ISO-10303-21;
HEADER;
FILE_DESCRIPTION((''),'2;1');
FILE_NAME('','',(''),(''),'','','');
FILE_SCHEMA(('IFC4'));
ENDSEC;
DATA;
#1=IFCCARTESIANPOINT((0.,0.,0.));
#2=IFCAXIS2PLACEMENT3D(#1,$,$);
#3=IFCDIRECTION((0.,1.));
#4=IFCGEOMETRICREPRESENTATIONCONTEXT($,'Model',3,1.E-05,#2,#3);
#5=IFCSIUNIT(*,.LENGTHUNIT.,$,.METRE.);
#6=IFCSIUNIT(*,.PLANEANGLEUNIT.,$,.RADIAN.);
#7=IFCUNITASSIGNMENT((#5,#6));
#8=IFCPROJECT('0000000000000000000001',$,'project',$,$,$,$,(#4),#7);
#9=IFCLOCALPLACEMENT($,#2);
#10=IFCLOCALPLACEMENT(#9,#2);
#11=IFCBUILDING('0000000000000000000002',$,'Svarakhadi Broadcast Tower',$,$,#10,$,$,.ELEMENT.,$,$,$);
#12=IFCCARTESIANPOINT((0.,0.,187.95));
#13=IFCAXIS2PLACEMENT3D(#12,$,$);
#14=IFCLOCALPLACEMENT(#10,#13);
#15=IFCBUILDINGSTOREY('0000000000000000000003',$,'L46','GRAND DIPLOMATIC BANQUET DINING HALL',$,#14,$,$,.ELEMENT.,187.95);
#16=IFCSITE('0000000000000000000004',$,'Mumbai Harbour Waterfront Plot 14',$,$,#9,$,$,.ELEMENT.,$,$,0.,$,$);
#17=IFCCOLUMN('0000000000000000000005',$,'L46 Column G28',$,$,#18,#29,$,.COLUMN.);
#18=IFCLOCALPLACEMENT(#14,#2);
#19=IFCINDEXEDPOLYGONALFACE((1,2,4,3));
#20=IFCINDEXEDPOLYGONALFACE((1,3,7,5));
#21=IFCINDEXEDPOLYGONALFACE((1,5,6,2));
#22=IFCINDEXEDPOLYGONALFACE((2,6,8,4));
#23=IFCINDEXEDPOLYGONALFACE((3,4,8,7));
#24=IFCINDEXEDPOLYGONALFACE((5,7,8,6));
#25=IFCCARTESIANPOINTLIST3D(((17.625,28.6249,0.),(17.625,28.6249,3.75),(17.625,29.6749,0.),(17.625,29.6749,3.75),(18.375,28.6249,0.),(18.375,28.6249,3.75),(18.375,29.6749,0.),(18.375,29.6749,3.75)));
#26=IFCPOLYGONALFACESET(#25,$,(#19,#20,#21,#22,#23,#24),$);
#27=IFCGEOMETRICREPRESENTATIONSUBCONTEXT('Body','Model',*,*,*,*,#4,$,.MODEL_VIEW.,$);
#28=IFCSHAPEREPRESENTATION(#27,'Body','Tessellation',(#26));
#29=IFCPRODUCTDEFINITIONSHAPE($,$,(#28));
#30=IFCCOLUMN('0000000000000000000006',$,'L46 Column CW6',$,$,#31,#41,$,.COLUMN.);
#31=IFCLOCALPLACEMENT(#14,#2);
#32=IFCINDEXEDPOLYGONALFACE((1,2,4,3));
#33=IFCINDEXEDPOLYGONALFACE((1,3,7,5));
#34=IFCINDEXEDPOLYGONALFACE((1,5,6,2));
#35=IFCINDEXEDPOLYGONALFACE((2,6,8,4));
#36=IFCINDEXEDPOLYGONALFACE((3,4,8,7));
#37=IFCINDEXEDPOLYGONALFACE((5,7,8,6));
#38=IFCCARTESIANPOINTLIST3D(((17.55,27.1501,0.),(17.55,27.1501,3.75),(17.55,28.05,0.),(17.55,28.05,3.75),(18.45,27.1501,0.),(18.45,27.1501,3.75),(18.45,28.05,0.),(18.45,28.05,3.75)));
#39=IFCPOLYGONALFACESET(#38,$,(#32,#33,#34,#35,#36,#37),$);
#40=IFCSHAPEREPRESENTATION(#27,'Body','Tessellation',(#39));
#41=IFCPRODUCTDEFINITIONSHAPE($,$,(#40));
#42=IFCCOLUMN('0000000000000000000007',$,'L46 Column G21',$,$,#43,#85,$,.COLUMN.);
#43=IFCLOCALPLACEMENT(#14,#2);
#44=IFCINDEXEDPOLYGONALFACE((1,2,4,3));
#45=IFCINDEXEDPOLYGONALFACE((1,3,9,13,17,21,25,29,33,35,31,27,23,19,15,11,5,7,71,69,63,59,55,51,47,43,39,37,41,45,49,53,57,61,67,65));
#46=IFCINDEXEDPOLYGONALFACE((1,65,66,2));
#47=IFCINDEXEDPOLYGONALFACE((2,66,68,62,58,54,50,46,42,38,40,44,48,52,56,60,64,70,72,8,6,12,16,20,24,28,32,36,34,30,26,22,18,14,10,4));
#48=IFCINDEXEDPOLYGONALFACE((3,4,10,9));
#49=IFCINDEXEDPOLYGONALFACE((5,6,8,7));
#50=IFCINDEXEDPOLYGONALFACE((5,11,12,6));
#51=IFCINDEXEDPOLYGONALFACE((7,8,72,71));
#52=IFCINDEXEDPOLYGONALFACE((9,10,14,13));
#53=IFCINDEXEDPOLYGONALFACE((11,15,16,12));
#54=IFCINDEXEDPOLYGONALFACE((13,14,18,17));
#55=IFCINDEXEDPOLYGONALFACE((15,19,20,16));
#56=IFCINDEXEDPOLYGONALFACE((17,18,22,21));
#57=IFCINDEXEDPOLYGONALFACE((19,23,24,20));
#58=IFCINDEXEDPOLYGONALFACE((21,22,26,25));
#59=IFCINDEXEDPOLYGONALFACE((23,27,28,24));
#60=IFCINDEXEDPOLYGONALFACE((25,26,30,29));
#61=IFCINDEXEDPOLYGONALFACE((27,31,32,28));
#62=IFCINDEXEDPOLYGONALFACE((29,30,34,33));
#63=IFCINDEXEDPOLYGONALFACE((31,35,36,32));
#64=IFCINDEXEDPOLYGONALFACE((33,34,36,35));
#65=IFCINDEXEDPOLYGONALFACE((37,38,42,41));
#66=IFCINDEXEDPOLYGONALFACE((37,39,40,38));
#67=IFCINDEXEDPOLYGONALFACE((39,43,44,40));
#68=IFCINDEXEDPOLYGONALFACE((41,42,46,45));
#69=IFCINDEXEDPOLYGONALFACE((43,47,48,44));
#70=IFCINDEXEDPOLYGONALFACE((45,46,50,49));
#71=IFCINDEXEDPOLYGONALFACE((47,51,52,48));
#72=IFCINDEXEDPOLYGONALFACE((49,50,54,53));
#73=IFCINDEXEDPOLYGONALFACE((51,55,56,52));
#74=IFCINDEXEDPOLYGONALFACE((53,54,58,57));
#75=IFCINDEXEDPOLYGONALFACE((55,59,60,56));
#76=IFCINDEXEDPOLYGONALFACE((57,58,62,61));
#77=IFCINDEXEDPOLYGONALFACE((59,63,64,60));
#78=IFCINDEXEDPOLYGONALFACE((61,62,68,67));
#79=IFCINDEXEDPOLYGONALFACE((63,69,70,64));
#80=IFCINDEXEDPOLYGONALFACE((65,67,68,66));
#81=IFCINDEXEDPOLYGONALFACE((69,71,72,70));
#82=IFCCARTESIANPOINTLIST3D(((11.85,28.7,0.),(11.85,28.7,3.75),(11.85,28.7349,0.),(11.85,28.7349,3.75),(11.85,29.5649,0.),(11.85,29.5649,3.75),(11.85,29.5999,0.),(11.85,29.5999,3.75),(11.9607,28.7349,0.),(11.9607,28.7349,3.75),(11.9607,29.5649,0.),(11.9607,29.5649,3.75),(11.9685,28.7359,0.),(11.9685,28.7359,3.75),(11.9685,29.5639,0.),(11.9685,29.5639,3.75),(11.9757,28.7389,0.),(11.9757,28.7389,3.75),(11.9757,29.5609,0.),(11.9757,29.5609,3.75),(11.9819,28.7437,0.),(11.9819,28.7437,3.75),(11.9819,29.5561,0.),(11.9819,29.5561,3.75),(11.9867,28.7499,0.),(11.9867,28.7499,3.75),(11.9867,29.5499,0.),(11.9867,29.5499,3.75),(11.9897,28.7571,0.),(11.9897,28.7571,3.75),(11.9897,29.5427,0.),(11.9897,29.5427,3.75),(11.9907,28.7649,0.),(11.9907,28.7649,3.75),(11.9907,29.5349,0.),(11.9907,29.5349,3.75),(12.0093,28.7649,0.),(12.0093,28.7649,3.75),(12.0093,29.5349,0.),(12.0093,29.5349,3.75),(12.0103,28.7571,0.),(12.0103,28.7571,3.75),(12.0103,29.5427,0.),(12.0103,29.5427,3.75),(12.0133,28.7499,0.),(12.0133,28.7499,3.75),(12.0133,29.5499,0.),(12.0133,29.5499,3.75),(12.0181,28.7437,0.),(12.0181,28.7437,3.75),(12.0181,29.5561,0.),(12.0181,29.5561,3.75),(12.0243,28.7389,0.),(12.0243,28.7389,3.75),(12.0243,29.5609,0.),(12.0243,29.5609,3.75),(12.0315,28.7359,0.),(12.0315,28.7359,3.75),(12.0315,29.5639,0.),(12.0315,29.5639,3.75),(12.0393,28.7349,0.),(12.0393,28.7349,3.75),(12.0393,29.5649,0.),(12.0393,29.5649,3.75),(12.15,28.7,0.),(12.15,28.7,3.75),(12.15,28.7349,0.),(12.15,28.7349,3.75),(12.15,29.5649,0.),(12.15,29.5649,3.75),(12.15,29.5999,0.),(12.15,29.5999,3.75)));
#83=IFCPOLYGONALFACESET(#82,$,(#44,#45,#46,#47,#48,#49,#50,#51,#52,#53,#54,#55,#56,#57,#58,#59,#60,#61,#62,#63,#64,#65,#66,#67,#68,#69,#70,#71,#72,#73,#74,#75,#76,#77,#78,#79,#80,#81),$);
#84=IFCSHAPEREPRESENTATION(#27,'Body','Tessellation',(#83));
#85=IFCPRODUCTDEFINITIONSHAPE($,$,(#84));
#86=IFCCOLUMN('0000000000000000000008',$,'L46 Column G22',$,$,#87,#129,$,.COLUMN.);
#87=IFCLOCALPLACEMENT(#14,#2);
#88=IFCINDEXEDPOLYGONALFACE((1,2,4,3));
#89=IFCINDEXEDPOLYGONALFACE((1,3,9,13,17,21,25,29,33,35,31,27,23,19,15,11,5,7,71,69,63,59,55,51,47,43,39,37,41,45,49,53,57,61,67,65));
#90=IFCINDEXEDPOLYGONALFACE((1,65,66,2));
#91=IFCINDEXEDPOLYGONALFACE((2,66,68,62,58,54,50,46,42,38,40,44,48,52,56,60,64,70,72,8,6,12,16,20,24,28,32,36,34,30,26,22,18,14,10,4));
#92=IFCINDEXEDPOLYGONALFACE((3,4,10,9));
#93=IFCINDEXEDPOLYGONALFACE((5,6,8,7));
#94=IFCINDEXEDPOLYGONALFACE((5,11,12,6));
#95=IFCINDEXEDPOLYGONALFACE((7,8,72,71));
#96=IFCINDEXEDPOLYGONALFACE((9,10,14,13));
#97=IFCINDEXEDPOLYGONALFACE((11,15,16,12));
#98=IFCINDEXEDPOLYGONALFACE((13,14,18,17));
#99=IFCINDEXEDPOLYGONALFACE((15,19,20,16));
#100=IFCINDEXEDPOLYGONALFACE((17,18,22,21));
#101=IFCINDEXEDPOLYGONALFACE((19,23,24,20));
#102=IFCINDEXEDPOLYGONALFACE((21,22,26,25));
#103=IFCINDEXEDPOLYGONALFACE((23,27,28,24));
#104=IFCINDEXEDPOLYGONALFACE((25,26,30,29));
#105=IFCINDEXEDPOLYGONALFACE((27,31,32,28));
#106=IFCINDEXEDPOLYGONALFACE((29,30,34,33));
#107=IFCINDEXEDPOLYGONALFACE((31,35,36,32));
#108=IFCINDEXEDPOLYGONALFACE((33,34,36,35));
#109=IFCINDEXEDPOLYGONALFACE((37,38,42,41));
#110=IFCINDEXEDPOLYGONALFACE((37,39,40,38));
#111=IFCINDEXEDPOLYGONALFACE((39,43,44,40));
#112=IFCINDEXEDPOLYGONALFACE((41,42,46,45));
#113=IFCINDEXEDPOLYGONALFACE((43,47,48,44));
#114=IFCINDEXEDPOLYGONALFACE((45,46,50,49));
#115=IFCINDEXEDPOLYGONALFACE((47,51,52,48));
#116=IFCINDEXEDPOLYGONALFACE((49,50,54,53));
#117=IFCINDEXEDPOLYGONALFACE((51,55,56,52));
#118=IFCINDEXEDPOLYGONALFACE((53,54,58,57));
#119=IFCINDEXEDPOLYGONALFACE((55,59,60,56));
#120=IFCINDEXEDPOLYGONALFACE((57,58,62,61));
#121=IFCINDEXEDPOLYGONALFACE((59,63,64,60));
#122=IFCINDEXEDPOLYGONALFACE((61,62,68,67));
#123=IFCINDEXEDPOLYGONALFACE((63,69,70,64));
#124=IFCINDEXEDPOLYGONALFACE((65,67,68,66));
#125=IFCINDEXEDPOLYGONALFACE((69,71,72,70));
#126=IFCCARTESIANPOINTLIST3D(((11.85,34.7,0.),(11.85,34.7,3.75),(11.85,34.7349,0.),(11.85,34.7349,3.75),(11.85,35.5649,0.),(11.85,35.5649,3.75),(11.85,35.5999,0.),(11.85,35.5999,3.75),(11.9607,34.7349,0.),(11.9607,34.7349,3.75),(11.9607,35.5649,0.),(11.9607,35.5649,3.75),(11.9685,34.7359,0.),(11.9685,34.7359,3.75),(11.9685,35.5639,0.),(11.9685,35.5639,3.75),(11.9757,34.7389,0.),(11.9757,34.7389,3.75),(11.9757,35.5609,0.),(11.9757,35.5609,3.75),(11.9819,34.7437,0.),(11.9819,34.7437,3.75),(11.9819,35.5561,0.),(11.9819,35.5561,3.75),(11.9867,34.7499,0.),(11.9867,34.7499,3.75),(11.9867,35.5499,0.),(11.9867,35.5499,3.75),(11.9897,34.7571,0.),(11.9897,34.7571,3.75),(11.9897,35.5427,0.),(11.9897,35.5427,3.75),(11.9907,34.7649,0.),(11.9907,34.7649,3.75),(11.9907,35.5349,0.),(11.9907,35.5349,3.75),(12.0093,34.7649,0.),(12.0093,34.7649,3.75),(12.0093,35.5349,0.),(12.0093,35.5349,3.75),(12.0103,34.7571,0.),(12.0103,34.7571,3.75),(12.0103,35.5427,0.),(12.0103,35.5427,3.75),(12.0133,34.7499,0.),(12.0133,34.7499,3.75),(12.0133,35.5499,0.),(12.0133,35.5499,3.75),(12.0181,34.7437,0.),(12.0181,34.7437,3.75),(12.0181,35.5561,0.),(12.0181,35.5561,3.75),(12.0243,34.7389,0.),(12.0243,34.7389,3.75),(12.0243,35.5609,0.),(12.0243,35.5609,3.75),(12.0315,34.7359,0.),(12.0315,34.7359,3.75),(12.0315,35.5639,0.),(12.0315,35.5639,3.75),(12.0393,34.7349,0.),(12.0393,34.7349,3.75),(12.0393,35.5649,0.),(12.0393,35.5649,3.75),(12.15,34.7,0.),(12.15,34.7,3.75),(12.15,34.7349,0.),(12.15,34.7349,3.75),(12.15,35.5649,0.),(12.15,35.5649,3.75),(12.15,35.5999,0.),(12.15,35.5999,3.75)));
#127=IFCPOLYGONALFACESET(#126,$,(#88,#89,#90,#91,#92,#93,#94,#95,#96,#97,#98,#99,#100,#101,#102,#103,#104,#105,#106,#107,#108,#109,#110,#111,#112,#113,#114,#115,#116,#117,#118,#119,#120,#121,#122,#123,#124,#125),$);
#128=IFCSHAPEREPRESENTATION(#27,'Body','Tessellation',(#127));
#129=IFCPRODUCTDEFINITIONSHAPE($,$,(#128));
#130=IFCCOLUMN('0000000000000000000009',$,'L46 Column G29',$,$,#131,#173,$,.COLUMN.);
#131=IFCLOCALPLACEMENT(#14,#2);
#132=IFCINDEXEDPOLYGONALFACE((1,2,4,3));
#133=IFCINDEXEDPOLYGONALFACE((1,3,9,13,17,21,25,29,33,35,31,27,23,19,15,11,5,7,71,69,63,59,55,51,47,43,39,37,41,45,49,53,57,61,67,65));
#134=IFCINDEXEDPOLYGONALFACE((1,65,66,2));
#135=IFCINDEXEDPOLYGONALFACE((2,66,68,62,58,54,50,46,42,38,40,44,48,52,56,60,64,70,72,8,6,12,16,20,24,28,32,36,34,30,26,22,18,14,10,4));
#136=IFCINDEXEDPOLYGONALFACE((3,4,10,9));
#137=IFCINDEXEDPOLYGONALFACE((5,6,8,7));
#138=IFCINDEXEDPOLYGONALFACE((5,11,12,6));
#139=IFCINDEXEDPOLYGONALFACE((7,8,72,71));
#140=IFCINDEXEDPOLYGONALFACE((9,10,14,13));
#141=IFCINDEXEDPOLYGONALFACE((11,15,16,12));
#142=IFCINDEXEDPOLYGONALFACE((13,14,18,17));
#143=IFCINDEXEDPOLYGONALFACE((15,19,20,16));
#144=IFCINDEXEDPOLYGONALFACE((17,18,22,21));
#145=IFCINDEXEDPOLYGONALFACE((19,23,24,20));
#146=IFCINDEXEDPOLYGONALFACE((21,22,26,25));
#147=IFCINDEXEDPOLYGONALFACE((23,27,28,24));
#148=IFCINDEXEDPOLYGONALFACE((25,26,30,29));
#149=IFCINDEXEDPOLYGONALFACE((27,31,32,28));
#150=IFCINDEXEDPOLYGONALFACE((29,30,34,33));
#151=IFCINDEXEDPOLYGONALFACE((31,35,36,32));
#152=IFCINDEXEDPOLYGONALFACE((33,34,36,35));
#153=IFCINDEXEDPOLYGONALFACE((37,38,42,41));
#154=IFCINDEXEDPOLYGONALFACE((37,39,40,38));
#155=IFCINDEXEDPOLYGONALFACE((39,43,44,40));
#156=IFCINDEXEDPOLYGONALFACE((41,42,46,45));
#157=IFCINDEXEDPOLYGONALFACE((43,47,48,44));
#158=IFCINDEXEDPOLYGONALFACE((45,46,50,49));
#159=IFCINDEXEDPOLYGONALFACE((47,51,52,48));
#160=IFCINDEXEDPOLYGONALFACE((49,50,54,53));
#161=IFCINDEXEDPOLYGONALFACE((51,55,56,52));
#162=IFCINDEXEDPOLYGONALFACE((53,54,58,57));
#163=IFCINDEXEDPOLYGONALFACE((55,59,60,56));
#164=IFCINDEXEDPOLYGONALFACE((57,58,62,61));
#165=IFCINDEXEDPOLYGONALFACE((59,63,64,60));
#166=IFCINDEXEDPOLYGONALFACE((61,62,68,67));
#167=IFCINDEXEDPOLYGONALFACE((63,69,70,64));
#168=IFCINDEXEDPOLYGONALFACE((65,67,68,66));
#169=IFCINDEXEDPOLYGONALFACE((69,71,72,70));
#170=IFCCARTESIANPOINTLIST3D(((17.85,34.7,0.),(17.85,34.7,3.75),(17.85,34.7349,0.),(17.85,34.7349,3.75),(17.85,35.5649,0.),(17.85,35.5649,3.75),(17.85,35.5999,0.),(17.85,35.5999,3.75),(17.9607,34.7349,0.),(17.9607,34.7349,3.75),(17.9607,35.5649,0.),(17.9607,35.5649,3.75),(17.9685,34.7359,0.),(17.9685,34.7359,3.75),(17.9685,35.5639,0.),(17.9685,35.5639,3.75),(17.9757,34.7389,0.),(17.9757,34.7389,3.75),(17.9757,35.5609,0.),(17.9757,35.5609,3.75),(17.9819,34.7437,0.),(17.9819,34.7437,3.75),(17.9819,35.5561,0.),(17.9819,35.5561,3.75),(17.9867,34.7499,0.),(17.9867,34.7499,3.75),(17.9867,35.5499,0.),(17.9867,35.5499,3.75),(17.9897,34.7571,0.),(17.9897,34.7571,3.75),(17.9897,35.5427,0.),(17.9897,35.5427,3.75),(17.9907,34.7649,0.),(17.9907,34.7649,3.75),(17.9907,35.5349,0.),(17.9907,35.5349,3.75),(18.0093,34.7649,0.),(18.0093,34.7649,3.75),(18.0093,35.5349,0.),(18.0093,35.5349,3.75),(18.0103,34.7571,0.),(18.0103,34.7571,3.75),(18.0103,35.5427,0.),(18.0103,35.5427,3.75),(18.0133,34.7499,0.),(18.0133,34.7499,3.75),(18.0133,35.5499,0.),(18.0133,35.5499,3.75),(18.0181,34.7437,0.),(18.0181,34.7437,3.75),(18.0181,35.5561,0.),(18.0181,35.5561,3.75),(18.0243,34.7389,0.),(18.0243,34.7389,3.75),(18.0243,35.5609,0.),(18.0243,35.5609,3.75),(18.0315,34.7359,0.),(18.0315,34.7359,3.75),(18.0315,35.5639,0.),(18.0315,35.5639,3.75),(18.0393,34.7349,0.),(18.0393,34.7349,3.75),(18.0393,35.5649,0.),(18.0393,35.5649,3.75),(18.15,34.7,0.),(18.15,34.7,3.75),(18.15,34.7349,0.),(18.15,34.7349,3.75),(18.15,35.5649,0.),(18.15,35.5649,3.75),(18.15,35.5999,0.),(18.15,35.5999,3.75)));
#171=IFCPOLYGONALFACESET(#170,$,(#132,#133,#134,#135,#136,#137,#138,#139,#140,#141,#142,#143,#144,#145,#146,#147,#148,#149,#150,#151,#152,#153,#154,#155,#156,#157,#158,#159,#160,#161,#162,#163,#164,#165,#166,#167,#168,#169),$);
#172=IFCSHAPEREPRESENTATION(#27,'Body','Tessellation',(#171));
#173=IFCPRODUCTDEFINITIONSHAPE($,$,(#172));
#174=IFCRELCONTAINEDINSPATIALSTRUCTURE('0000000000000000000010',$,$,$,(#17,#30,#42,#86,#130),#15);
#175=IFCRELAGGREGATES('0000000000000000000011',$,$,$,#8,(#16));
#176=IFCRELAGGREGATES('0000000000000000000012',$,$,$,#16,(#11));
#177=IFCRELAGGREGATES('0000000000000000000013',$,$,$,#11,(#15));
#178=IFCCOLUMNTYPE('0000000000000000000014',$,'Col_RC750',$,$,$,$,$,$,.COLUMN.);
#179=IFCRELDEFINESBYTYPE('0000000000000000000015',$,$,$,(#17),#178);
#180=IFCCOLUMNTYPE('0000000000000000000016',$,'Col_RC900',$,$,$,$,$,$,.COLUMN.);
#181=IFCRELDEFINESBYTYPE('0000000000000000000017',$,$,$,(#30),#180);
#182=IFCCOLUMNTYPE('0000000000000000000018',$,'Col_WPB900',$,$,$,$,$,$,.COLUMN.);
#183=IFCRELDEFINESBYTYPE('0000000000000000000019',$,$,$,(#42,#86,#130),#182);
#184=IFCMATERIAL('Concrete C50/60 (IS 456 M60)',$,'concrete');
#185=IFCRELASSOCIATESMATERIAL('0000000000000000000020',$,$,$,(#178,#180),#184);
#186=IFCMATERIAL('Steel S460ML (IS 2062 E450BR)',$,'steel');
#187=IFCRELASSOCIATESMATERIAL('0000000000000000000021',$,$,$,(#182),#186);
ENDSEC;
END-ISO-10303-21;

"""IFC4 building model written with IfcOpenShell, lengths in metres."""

from ifc_helpers import new_model, si_unit, direction, frame, origin, origin_2d, place, context, subcontext, project, spatial, rectangle, i_section, extrude, material, material_profile, profile_set, type_object, element, save


model = new_model("IFC4")

# Units and contexts
model_context = context("Model", 3, precision=1e-05, world=origin(), true_north=direction((0.0, 1.0)))
body_context = subcontext(model_context, "Body", "Model", "MODEL_VIEW")
ifc_project = project(units=[si_unit("LENGTHUNIT", "METRE"), si_unit("PLANEANGLEUNIT", "RADIAN")], contexts=[model_context])

# Site, building, storey
site_placement = place(None, origin())
site = spatial("IfcSite", under=ifc_project, at=site_placement, Name="Mumbai Harbour Waterfront Plot 14", CompositionType="ELEMENT", RefElevation=0.0)
building_placement = place(site_placement, origin())
building = spatial("IfcBuilding", under=site, at=building_placement, Name="Svarakhadi Broadcast Tower", CompositionType="ELEMENT")
storey_placement = place(building_placement, frame((0.0, 0.0, 187.95)))
storey = spatial("IfcBuildingStorey", under=building, at=storey_placement, Name="L46", Description="GRAND DIPLOMATIC BANQUET DINING HALL", CompositionType="ELEMENT", Elevation=187.95)

# Columns
ifc_material_1 = material(Name="Concrete C50/60 (IS 456 M60)", Category="concrete")
ifc_material_profile_1 = material_profile(ifc_material_1, rectangle(XDim=0.75, YDim=1.05, at=origin_2d()), Name="RC 750x1050")
ifc_profile_set_1 = profile_set([ifc_material_profile_1], Name="Concrete C50/60 (IS 456 M60)")
column_type_1 = type_object("IfcColumnType", Name="Col_RC750", PredefinedType="COLUMN", material=ifc_profile_set_1)
column_1_placement = place(storey_placement, frame((18.0, 29.1499, 0.0), z_axis=(0.0, 0.0, 1.0), x_axis=(1.0, 0.0, 0.0)))
element("IfcColumn", 1, at=column_1_placement, inside=storey, type_object=column_type_1, Name="L46 Column G28", PredefinedType="COLUMN", context=body_context, shape_type="SweptSolid", body=[
    extrude(rectangle(XDim=0.75, YDim=1.05, at=origin_2d()), origin(), (0.0, 0.0, 1.0), 3.75),
])
ifc_material_profile_2 = material_profile(ifc_material_1, rectangle(XDim=0.8999, YDim=0.8999, at=origin_2d()), Name="RC 900x900")
ifc_profile_set_2 = profile_set([ifc_material_profile_2], Name="Concrete C50/60 (IS 456 M60)")
column_type_2 = type_object("IfcColumnType", Name="Col_RC900", PredefinedType="COLUMN", material=ifc_profile_set_2)
column_2_placement = place(storey_placement, frame((18.0, 27.6001, 0.0), z_axis=(0.0, 0.0, 1.0), x_axis=(1.0, 0.0, 0.0)))
element("IfcColumn", 2, at=column_2_placement, inside=storey, type_object=column_type_2, Name="L46 Column CW6", PredefinedType="COLUMN", context=body_context, shape_type="SweptSolid", body=[
    extrude(rectangle(XDim=0.8999, YDim=0.8999, at=origin_2d()), origin(), (0.0, 0.0, 1.0), 3.75),
])
ifc_material_2 = material(Name="Steel S460ML (IS 2062 E450BR)", Category="steel")
ifc_material_profile_3 = material_profile(ifc_material_2, i_section(OverallWidth=0.3, OverallDepth=0.8999, WebThickness=0.0186, FlangeThickness=0.0349, FilletRadius=0.03, at=origin_2d()), Name="WPB 900x300x291")
ifc_profile_set_3 = profile_set([ifc_material_profile_3], Name="Steel S460ML (IS 2062 E450BR)")
column_type_3 = type_object("IfcColumnType", Name="Col_WPB900", PredefinedType="COLUMN", material=ifc_profile_set_3)
for number, where, z_axis, x_axis, name in (
    (3, (12.0, 29.1499, 0.0), (0.0, 0.0, 1.0), (1.0, 0.0, 0.0), "L46 Column G21"),
    (4, (12.0, 35.1499, 0.0), (0.0, 0.0, 1.0), (1.0, 0.0, 0.0), "L46 Column G22"),
    (5, (18.0, 35.1499, 0.0), (0.0, 0.0, 1.0), (1.0, 0.0, 0.0), "L46 Column G29"),
):
    element("IfcColumn", number, at=place(storey_placement, frame(where, z_axis=z_axis, x_axis=x_axis)), inside=storey, type_object=column_type_3, Name=name, PredefinedType="COLUMN", context=body_context, shape_type="SweptSolid", body=[
        extrude(i_section(OverallWidth=0.3, OverallDepth=0.8999, WebThickness=0.0186, FlangeThickness=0.0349, FilletRadius=0.03, at=origin_2d()), origin(), (0.0, 0.0, 1.0), 3.75),
    ])

save(model, "model.ifc")
